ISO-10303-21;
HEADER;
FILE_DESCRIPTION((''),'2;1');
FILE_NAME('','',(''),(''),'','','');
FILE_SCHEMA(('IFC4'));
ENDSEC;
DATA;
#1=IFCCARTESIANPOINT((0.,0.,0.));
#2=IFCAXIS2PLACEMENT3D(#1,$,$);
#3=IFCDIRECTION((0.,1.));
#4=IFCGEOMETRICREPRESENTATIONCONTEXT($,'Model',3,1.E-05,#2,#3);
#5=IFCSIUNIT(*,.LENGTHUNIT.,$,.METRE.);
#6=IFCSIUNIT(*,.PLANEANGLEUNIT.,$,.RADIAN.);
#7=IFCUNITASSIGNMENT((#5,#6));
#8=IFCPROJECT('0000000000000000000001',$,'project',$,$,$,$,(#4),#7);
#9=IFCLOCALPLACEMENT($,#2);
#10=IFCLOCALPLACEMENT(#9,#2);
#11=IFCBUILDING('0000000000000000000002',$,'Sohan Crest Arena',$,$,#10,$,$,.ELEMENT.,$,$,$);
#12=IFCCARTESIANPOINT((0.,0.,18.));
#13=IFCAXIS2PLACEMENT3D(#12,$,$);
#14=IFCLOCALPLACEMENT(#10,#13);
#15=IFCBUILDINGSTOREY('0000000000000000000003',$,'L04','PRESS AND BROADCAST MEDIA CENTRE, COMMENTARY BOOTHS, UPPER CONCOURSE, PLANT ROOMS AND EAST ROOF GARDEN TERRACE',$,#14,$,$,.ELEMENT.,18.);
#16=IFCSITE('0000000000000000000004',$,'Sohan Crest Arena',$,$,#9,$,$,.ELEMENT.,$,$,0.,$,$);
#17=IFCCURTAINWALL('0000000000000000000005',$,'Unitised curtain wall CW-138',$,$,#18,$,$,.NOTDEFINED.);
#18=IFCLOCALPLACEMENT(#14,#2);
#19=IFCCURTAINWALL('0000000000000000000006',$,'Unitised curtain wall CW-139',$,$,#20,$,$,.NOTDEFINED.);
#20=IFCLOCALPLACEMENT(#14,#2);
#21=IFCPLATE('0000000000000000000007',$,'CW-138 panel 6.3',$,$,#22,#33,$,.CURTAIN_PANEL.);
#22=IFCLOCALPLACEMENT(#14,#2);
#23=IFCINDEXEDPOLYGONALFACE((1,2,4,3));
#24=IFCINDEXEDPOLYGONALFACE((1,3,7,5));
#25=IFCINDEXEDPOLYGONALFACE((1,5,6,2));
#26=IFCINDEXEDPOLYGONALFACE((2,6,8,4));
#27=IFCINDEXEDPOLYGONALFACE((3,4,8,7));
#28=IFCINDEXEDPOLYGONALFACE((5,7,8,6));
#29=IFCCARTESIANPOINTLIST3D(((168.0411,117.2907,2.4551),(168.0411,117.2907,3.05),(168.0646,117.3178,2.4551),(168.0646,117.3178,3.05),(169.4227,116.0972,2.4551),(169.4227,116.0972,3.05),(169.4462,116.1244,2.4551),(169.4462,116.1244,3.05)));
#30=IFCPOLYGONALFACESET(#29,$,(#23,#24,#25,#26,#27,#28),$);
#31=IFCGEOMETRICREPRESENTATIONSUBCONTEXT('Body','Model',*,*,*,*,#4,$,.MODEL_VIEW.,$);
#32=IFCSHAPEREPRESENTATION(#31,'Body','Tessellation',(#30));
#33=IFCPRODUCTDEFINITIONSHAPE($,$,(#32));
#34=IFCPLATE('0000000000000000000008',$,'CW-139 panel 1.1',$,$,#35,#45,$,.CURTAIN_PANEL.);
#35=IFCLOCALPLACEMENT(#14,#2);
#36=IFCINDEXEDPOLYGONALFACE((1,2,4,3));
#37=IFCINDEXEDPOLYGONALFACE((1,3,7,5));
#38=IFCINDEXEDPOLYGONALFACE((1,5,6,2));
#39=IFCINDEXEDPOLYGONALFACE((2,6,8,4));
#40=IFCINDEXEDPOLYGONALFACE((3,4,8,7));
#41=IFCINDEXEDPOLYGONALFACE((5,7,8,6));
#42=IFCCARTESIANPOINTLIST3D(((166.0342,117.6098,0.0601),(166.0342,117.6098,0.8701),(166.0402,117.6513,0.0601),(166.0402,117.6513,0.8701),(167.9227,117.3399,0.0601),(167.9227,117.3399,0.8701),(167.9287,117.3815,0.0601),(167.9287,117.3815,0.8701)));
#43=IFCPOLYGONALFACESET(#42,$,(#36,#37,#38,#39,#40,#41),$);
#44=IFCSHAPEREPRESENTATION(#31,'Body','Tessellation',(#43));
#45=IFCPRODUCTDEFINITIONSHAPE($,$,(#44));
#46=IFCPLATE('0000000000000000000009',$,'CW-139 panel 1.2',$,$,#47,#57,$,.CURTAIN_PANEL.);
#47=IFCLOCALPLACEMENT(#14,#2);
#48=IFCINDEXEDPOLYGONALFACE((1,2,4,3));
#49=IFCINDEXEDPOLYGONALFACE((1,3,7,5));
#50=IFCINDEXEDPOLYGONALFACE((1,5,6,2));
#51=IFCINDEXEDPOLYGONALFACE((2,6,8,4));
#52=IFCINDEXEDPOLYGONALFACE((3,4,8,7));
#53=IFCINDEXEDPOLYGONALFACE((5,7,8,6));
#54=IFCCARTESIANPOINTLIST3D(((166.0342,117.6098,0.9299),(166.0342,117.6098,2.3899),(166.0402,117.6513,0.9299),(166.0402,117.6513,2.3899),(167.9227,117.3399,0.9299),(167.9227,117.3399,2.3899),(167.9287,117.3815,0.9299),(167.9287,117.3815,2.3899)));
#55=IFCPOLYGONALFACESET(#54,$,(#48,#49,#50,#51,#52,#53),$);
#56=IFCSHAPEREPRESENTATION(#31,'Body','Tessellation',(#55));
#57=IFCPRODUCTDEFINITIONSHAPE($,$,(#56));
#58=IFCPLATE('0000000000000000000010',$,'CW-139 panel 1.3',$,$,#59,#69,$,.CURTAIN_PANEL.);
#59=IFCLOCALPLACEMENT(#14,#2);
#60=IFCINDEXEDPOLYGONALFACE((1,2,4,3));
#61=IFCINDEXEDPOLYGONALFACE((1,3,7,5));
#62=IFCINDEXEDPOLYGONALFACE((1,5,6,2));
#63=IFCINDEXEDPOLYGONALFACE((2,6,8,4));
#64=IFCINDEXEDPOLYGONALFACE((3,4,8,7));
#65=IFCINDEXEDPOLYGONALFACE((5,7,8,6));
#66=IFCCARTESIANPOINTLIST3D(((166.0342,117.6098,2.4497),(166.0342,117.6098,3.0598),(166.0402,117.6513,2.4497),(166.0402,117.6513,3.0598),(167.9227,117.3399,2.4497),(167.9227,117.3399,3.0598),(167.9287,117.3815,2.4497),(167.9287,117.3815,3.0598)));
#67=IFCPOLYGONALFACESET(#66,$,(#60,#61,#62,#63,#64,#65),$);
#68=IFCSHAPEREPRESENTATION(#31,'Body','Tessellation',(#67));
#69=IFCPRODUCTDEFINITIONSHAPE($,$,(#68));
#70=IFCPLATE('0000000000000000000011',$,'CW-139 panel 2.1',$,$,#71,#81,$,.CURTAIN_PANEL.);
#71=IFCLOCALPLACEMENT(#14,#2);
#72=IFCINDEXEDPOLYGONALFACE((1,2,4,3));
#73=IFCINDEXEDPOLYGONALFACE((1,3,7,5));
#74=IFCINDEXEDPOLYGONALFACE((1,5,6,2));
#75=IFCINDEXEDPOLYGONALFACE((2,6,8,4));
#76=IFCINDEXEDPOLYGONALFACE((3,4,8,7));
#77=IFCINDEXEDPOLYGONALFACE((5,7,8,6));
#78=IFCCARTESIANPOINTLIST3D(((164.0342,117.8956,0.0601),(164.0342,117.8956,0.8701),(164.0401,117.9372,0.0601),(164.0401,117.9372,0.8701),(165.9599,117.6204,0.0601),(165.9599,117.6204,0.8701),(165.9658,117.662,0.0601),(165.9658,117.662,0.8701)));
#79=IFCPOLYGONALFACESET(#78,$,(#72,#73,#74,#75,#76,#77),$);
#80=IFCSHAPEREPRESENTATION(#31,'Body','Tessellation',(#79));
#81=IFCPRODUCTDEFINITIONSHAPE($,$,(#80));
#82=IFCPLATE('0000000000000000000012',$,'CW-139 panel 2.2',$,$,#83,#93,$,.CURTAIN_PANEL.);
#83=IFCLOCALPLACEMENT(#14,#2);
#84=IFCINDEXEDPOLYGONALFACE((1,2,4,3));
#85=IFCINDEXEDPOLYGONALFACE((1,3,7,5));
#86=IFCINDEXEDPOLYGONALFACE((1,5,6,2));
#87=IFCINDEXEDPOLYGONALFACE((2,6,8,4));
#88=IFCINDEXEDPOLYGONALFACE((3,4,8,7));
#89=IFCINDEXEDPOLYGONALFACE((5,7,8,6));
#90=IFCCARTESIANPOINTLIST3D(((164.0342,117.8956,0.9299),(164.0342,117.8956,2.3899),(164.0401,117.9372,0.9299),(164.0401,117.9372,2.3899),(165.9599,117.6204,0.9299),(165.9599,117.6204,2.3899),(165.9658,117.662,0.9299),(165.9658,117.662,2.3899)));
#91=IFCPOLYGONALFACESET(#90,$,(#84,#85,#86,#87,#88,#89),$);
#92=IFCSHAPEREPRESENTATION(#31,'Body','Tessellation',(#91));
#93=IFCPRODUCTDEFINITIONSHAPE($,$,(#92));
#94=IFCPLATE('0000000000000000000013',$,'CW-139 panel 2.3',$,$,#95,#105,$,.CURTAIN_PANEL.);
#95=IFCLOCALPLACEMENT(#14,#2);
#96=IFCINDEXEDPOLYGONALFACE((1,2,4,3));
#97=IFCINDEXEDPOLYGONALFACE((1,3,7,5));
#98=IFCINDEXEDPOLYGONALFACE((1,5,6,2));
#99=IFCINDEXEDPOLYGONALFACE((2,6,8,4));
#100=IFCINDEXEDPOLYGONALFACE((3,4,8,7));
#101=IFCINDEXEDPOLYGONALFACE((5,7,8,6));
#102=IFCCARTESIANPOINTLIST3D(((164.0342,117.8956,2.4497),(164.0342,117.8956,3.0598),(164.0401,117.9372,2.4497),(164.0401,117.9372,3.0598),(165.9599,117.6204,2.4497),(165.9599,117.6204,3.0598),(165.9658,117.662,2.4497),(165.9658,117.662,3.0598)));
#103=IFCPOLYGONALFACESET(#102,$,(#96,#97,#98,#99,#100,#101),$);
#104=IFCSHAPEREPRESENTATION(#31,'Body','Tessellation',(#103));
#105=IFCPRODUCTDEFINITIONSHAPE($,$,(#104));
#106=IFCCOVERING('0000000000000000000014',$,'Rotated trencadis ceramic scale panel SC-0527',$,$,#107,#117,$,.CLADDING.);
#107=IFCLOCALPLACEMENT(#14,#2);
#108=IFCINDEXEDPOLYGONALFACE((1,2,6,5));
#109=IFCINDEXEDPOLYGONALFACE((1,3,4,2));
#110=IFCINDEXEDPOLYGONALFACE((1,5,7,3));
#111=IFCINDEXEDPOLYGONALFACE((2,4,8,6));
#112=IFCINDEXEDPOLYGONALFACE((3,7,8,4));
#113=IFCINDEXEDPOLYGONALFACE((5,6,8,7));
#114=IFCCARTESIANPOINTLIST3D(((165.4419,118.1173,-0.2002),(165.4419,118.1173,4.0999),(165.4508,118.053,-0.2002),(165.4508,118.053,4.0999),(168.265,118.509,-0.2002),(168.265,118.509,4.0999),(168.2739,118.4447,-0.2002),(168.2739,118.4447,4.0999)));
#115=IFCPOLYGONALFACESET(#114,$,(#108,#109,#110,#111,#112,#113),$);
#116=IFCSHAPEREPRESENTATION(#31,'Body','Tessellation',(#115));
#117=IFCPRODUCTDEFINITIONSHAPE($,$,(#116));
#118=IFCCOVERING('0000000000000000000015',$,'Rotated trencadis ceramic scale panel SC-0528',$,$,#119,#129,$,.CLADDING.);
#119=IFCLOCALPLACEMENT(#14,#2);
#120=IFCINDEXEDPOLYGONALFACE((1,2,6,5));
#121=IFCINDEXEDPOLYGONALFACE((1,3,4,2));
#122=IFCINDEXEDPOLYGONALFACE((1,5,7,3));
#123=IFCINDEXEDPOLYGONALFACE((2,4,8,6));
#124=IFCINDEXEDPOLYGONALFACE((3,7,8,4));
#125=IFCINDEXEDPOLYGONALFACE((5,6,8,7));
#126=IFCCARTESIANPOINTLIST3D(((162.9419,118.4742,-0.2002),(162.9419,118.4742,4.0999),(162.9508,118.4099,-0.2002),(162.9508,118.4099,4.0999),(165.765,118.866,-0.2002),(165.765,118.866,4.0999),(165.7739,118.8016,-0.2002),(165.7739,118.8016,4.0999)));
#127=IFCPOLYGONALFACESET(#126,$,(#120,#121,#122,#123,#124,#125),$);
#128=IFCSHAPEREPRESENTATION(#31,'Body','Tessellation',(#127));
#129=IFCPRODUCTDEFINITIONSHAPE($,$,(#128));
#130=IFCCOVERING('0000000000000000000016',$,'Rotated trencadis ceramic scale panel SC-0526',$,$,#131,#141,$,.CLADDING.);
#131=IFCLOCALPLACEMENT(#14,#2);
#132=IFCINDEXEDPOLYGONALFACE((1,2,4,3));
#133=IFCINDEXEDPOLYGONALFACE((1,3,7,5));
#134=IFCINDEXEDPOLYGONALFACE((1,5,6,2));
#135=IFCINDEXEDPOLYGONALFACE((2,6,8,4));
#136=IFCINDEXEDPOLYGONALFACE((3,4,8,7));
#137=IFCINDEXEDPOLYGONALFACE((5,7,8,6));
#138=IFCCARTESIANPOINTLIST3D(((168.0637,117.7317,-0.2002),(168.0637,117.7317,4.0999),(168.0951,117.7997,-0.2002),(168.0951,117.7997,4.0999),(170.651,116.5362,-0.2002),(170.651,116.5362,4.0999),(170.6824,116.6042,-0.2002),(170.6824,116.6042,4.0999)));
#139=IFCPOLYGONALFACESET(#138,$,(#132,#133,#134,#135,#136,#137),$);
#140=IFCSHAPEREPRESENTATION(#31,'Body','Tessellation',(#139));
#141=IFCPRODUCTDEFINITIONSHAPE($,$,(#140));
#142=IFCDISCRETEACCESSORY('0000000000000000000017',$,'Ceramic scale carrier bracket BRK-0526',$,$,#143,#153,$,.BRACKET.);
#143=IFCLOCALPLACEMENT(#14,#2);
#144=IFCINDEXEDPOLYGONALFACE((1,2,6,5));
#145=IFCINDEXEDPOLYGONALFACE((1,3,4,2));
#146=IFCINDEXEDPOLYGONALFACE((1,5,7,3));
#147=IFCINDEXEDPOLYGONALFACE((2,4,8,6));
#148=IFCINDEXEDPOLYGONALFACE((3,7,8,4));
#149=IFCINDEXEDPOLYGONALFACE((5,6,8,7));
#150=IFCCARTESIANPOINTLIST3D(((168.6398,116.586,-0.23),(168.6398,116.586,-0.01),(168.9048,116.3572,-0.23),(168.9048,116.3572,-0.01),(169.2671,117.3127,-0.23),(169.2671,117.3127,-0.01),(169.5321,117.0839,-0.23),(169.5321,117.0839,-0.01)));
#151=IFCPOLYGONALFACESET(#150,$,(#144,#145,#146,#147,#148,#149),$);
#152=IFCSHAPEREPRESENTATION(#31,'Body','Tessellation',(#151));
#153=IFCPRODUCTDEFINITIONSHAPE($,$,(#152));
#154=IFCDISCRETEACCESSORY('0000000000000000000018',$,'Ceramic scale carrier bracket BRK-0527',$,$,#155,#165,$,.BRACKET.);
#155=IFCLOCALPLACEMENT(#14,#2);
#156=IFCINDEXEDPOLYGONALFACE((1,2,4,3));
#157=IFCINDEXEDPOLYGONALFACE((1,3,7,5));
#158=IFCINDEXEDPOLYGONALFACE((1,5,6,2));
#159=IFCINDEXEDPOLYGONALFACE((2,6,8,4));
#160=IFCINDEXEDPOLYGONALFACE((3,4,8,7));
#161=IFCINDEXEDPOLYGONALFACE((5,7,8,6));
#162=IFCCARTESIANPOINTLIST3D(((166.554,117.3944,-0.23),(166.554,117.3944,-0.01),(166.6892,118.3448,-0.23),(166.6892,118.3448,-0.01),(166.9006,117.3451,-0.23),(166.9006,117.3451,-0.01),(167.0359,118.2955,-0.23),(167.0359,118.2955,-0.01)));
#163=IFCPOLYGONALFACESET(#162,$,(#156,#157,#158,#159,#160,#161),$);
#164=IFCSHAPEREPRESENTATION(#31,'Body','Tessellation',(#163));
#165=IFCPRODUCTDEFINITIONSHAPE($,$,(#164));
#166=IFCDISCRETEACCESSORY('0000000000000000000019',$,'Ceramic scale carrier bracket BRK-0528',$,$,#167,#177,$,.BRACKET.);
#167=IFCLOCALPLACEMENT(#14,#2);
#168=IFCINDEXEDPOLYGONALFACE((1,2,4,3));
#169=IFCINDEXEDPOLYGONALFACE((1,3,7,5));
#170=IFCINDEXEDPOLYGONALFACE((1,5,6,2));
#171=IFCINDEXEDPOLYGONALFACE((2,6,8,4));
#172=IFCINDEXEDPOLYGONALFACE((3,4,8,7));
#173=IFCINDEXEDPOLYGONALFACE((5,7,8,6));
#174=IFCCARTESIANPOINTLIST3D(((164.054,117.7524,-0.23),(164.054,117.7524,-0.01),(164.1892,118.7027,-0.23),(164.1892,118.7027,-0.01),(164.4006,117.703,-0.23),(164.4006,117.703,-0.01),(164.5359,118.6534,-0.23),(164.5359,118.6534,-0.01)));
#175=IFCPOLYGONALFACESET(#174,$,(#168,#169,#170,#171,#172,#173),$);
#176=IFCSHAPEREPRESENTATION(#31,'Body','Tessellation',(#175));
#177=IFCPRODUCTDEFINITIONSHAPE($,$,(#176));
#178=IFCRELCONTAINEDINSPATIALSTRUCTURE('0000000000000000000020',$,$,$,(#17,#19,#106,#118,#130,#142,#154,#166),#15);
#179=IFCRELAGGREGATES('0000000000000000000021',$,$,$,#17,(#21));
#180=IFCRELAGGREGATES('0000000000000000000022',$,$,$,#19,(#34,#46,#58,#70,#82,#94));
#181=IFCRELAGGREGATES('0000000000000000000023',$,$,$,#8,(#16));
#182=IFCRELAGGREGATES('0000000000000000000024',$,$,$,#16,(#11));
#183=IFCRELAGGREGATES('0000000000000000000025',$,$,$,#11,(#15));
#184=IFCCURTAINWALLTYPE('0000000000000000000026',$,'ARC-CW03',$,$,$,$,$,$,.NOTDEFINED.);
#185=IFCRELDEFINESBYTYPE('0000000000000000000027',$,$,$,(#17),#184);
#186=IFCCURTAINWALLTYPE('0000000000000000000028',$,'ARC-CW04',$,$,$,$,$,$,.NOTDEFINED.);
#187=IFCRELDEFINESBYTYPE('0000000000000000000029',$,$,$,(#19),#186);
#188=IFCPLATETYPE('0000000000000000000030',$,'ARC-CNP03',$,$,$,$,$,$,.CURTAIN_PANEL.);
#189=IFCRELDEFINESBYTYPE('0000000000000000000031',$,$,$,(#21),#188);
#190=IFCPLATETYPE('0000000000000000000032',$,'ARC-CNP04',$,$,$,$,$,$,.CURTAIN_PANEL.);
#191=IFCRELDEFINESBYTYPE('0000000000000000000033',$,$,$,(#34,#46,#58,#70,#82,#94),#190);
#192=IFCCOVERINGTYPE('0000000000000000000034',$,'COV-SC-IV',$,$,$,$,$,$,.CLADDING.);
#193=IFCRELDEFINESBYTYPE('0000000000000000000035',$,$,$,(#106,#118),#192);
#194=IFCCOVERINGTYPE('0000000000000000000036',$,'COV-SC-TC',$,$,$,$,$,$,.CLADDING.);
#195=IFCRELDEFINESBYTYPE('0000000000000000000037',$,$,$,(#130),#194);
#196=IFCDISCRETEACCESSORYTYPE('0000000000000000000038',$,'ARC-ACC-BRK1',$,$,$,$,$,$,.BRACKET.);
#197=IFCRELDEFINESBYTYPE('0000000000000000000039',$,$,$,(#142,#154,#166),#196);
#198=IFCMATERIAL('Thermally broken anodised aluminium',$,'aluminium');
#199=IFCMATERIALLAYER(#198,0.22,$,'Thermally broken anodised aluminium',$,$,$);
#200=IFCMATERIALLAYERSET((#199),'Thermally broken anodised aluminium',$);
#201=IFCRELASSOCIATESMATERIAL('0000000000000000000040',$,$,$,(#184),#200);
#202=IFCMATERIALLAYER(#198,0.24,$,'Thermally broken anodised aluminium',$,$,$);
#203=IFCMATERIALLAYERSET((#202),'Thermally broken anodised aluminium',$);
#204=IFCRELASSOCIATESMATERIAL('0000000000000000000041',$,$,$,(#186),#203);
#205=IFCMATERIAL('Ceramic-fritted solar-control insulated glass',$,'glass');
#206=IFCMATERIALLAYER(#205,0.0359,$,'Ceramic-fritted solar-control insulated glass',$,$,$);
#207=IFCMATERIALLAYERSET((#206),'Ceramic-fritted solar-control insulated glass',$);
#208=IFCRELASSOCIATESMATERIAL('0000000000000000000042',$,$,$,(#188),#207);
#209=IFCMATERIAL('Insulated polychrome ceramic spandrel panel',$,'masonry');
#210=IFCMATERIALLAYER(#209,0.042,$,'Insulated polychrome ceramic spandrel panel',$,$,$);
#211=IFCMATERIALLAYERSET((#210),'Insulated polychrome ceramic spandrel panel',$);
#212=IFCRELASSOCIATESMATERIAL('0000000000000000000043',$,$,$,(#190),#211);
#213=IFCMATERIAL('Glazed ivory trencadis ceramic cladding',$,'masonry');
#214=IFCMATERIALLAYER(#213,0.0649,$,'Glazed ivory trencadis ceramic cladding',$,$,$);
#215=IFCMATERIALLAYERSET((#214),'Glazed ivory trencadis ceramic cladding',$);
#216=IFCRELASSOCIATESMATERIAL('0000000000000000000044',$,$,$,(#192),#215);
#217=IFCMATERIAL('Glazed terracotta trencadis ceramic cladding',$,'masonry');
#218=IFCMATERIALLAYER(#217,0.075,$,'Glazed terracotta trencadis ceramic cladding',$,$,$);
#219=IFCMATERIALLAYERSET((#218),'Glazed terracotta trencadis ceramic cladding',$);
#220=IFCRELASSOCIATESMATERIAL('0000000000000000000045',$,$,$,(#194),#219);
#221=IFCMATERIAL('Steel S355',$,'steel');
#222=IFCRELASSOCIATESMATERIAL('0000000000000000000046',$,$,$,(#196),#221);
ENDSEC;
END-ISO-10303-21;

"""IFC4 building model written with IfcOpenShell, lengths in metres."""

from ifc_helpers import new_model, si_unit, direction, frame, origin, origin_2d, place, context, subcontext, project, spatial, rectangle, extrude, material, layer, layer_set, type_object, element, aggregate, save


model = new_model("IFC4")

# Units and contexts
model_context = context("Model", 3, precision=1e-05, world=origin(), true_north=direction((0.0, 1.0)))
body_context = subcontext(model_context, "Body", "Model", "MODEL_VIEW")
ifc_project = project(units=[si_unit("LENGTHUNIT", "METRE"), si_unit("PLANEANGLEUNIT", "RADIAN")], contexts=[model_context])

# Site, building, storey
site_placement = place(None, origin())
site = spatial("IfcSite", under=ifc_project, at=site_placement, Name="Sohan Crest Arena", CompositionType="ELEMENT", RefElevation=0.0)
building_placement = place(site_placement, origin())
building = spatial("IfcBuilding", under=site, at=building_placement, Name="Sohan Crest Arena", CompositionType="ELEMENT")
storey_placement = place(building_placement, frame((0.0, 0.0, 18.0)))
storey = spatial("IfcBuildingStorey", under=building, at=storey_placement, Name="L04", Description="PRESS AND BROADCAST MEDIA CENTRE, COMMENTARY BOOTHS, UPPER CONCOURSE, PLANT ROOMS AND EAST ROOF GARDEN TERRACE", CompositionType="ELEMENT", Elevation=18.0)

# Curtain wall
ifc_material_1 = material(Name="Thermally broken anodised aluminium", Category="aluminium")
ifc_layer_1 = layer(ifc_material_1, 0.22, Name="Thermally broken anodised aluminium")
ifc_layer_set_1 = layer_set([ifc_layer_1], Name="Thermally broken anodised aluminium")
curtain_wall_type_1 = type_object("IfcCurtainWallType", Name="ARC-CW03", PredefinedType="NOTDEFINED", material=ifc_layer_set_1)
curtain_wall_1_placement = place(storey_placement, origin())
curtain_wall_1 = element("IfcCurtainWall", 1, at=curtain_wall_1_placement, inside=storey, type_object=curtain_wall_type_1, Name="Unitised curtain wall CW-138", PredefinedType="NOTDEFINED")

# Curtain wall
ifc_layer_2 = layer(ifc_material_1, 0.24, Name="Thermally broken anodised aluminium")
ifc_layer_set_2 = layer_set([ifc_layer_2], Name="Thermally broken anodised aluminium")
curtain_wall_type_2 = type_object("IfcCurtainWallType", Name="ARC-CW04", PredefinedType="NOTDEFINED", material=ifc_layer_set_2)
curtain_wall_2_placement = place(storey_placement, origin())
curtain_wall_2 = element("IfcCurtainWall", 2, at=curtain_wall_2_placement, inside=storey, type_object=curtain_wall_type_2, Name="Unitised curtain wall CW-139", PredefinedType="NOTDEFINED")

# Plates
ifc_material_2 = material(Name="Ceramic-fritted solar-control insulated glass", Category="glass")
ifc_layer_3 = layer(ifc_material_2, 0.0359, Name="Ceramic-fritted solar-control insulated glass")
ifc_layer_set_3 = layer_set([ifc_layer_3], Name="Ceramic-fritted solar-control insulated glass")
plate_type_1 = type_object("IfcPlateType", Name="ARC-CNP03", PredefinedType="CURTAIN_PANEL", material=ifc_layer_set_3)
plate_1_placement = place(storey_placement, frame((168.7437, 116.7075, 2.4551), z_axis=(0.0, 0.0, 1.0), x_axis=(-0.756765, 0.653687, 0.0)))
plate_1 = element("IfcPlate", 3, at=plate_1_placement, type_object=plate_type_1, Name="CW-138 panel 6.3", PredefinedType="CURTAIN_PANEL", context=body_context, shape_type="SweptSolid", body=[
    extrude(rectangle(XDim=1.8257, YDim=0.0359, at=origin_2d()), origin(), (0.0, 0.0, 1.0), 0.595),
])
aggregate(curtain_wall_1, [plate_1])
ifc_material_3 = material(Name="Insulated polychrome ceramic spandrel panel", Category="masonry")
ifc_layer_4 = layer(ifc_material_3, 0.042, Name="Insulated polychrome ceramic spandrel panel")
ifc_layer_set_4 = layer_set([ifc_layer_4], Name="Insulated polychrome ceramic spandrel panel")
plate_type_2 = type_object("IfcPlateType", Name="ARC-CNP04", PredefinedType="CURTAIN_PANEL", material=ifc_layer_set_4)
plate_2_placement = place(storey_placement, frame((166.9814, 117.4956, 0.0601), z_axis=(0.0, 0.0, 1.0), x_axis=(-0.989944, 0.141463, 0.0)))
plate_2 = element("IfcPlate", 4, at=plate_2_placement, type_object=plate_type_2, Name="CW-139 panel 1.1", PredefinedType="CURTAIN_PANEL", context=body_context, shape_type="SweptSolid", body=[
    extrude(rectangle(XDim=1.9077, YDim=0.042, at=origin_2d()), origin(), (0.0, 0.0, 1.0), 0.8101),
])
plate_3_placement = place(storey_placement, frame((166.9814, 117.4956, 0.9299), z_axis=(0.0, 0.0, 1.0), x_axis=(-0.989944, 0.141463, 0.0)))
plate_3 = element("IfcPlate", 5, at=plate_3_placement, type_object=plate_type_2, Name="CW-139 panel 1.2", PredefinedType="CURTAIN_PANEL", context=body_context, shape_type="SweptSolid", body=[
    extrude(rectangle(XDim=1.9077, YDim=0.042, at=origin_2d()), origin(), (0.0, 0.0, 1.0), 1.46),
])
plate_4_placement = place(storey_placement, frame((166.9814, 117.4956, 2.4497), z_axis=(0.0, 0.0, 1.0), x_axis=(-0.989944, 0.141463, 0.0)))
plate_4 = element("IfcPlate", 6, at=plate_4_placement, type_object=plate_type_2, Name="CW-139 panel 1.3", PredefinedType="CURTAIN_PANEL", context=body_context, shape_type="SweptSolid", body=[
    extrude(rectangle(XDim=1.9077, YDim=0.042, at=origin_2d()), origin(), (0.0, 0.0, 1.0), 0.6101),
])
plate_5_placement = place(storey_placement, frame((165.0, 117.7788, 0.0601), z_axis=(0.0, 0.0, 1.0), x_axis=(-0.989944, 0.141463, 0.0)))
plate_5 = element("IfcPlate", 7, at=plate_5_placement, type_object=plate_type_2, Name="CW-139 panel 2.1", PredefinedType="CURTAIN_PANEL", context=body_context, shape_type="SweptSolid", body=[
    extrude(rectangle(XDim=1.9453, YDim=0.042, at=origin_2d()), origin(), (0.0, 0.0, 1.0), 0.8101),
])
plate_6_placement = place(storey_placement, frame((165.0, 117.7788, 0.9299), z_axis=(0.0, 0.0, 1.0), x_axis=(-0.989944, 0.141463, 0.0)))
plate_6 = element("IfcPlate", 8, at=plate_6_placement, type_object=plate_type_2, Name="CW-139 panel 2.2", PredefinedType="CURTAIN_PANEL", context=body_context, shape_type="SweptSolid", body=[
    extrude(rectangle(XDim=1.9453, YDim=0.042, at=origin_2d()), origin(), (0.0, 0.0, 1.0), 1.46),
])
plate_7_placement = place(storey_placement, frame((165.0, 117.7788, 2.4497), z_axis=(0.0, 0.0, 1.0), x_axis=(-0.989944, 0.141463, 0.0)))
plate_7 = element("IfcPlate", 9, at=plate_7_placement, type_object=plate_type_2, Name="CW-139 panel 2.3", PredefinedType="CURTAIN_PANEL", context=body_context, shape_type="SweptSolid", body=[
    extrude(rectangle(XDim=1.9453, YDim=0.042, at=origin_2d()), origin(), (0.0, 0.0, 1.0), 0.6101),
])
aggregate(curtain_wall_2, [plate_2, plate_3, plate_4, plate_5, plate_6, plate_7])

# Coverings
ifc_material_4 = material(Name="Glazed ivory trencadis ceramic cladding", Category="masonry")
ifc_layer_5 = layer(ifc_material_4, 0.0649, Name="Glazed ivory trencadis ceramic cladding")
ifc_layer_set_5 = layer_set([ifc_layer_5], Name="Glazed ivory trencadis ceramic cladding")
covering_type_1 = type_object("IfcCoveringType", Name="COV-SC-IV", PredefinedType="CLADDING", material=ifc_layer_set_5)
for number, where, z_axis, x_axis, name in (
    (10, (166.8579, 118.281, -0.2002), (0.0, 0.0, 1.0), (-0.990509, -0.137445, 0.0), "Rotated trencadis ceramic scale panel SC-0527"),
    (11, (164.3579, 118.6379, -0.2002), (0.0, 0.0, 1.0), (-0.990509, -0.137445, 0.0), "Rotated trencadis ceramic scale panel SC-0528"),
):
    element("IfcCovering", number, at=place(storey_placement, frame(where, z_axis=z_axis, x_axis=x_axis)), inside=storey, type_object=covering_type_1, Name=name, PredefinedType="CLADDING", context=body_context, shape_type="SweptSolid", body=[
        extrude(rectangle(XDim=2.8501, YDim=0.0649, at=origin_2d()), origin(), (0.0, 0.0, 1.0), 4.3),
    ])
ifc_material_5 = material(Name="Glazed terracotta trencadis ceramic cladding", Category="masonry")
ifc_layer_6 = layer(ifc_material_5, 0.075, Name="Glazed terracotta trencadis ceramic cladding")
ifc_layer_set_6 = layer_set([ifc_layer_6], Name="Glazed terracotta trencadis ceramic cladding")
covering_type_2 = type_object("IfcCoveringType", Name="COV-SC-TC", PredefinedType="CLADDING", material=ifc_layer_set_6)
covering_placement = place(storey_placement, frame((169.373, 117.168, -0.2002), z_axis=(0.0, 0.0, 1.0), x_axis=(-0.907777, 0.419452, 0.0)))
element("IfcCovering", 12, at=covering_placement, inside=storey, type_object=covering_type_2, Name="Rotated trencadis ceramic scale panel SC-0526", PredefinedType="CLADDING", context=body_context, shape_type="SweptSolid", body=[
    extrude(rectangle(XDim=2.8501, YDim=0.075, at=origin_2d()), origin(), (0.0, 0.0, 1.0), 4.3),
])

# Discrete accessories
ifc_material_6 = material(Name="Steel S355", Category="steel")
discrete_accessory_type = type_object("IfcDiscreteAccessoryType", Name="ARC-ACC-BRK1", PredefinedType="BRACKET", material=ifc_material_6)
for number, where, z_axis, x_axis, name in (
    (13, (169.0859, 116.835, -0.23), (0.0, 0.0, 1.0), (-0.756995, 0.653421, 0.0), "Ceramic scale carrier bracket BRK-0526"),
    (14, (166.7949, 117.845, -0.23), (0.0, 0.0, 1.0), (-0.990024, 0.140901, 0.0), "Ceramic scale carrier bracket BRK-0527"),
    (15, (164.2949, 118.2029, -0.23), (0.0, 0.0, 1.0), (-0.990024, 0.140901, 0.0), "Ceramic scale carrier bracket BRK-0528"),
):
    element("IfcDiscreteAccessory", number, at=place(storey_placement, frame(where, z_axis=z_axis, x_axis=x_axis)), inside=storey, type_object=discrete_accessory_type, Name=name, PredefinedType="BRACKET", context=body_context, shape_type="SweptSolid", body=[
        extrude(rectangle(XDim=0.3501, YDim=0.96, at=origin_2d()), origin(), (0.0, 0.0, 1.0), 0.22),
    ])

save(model, "model.ifc")
